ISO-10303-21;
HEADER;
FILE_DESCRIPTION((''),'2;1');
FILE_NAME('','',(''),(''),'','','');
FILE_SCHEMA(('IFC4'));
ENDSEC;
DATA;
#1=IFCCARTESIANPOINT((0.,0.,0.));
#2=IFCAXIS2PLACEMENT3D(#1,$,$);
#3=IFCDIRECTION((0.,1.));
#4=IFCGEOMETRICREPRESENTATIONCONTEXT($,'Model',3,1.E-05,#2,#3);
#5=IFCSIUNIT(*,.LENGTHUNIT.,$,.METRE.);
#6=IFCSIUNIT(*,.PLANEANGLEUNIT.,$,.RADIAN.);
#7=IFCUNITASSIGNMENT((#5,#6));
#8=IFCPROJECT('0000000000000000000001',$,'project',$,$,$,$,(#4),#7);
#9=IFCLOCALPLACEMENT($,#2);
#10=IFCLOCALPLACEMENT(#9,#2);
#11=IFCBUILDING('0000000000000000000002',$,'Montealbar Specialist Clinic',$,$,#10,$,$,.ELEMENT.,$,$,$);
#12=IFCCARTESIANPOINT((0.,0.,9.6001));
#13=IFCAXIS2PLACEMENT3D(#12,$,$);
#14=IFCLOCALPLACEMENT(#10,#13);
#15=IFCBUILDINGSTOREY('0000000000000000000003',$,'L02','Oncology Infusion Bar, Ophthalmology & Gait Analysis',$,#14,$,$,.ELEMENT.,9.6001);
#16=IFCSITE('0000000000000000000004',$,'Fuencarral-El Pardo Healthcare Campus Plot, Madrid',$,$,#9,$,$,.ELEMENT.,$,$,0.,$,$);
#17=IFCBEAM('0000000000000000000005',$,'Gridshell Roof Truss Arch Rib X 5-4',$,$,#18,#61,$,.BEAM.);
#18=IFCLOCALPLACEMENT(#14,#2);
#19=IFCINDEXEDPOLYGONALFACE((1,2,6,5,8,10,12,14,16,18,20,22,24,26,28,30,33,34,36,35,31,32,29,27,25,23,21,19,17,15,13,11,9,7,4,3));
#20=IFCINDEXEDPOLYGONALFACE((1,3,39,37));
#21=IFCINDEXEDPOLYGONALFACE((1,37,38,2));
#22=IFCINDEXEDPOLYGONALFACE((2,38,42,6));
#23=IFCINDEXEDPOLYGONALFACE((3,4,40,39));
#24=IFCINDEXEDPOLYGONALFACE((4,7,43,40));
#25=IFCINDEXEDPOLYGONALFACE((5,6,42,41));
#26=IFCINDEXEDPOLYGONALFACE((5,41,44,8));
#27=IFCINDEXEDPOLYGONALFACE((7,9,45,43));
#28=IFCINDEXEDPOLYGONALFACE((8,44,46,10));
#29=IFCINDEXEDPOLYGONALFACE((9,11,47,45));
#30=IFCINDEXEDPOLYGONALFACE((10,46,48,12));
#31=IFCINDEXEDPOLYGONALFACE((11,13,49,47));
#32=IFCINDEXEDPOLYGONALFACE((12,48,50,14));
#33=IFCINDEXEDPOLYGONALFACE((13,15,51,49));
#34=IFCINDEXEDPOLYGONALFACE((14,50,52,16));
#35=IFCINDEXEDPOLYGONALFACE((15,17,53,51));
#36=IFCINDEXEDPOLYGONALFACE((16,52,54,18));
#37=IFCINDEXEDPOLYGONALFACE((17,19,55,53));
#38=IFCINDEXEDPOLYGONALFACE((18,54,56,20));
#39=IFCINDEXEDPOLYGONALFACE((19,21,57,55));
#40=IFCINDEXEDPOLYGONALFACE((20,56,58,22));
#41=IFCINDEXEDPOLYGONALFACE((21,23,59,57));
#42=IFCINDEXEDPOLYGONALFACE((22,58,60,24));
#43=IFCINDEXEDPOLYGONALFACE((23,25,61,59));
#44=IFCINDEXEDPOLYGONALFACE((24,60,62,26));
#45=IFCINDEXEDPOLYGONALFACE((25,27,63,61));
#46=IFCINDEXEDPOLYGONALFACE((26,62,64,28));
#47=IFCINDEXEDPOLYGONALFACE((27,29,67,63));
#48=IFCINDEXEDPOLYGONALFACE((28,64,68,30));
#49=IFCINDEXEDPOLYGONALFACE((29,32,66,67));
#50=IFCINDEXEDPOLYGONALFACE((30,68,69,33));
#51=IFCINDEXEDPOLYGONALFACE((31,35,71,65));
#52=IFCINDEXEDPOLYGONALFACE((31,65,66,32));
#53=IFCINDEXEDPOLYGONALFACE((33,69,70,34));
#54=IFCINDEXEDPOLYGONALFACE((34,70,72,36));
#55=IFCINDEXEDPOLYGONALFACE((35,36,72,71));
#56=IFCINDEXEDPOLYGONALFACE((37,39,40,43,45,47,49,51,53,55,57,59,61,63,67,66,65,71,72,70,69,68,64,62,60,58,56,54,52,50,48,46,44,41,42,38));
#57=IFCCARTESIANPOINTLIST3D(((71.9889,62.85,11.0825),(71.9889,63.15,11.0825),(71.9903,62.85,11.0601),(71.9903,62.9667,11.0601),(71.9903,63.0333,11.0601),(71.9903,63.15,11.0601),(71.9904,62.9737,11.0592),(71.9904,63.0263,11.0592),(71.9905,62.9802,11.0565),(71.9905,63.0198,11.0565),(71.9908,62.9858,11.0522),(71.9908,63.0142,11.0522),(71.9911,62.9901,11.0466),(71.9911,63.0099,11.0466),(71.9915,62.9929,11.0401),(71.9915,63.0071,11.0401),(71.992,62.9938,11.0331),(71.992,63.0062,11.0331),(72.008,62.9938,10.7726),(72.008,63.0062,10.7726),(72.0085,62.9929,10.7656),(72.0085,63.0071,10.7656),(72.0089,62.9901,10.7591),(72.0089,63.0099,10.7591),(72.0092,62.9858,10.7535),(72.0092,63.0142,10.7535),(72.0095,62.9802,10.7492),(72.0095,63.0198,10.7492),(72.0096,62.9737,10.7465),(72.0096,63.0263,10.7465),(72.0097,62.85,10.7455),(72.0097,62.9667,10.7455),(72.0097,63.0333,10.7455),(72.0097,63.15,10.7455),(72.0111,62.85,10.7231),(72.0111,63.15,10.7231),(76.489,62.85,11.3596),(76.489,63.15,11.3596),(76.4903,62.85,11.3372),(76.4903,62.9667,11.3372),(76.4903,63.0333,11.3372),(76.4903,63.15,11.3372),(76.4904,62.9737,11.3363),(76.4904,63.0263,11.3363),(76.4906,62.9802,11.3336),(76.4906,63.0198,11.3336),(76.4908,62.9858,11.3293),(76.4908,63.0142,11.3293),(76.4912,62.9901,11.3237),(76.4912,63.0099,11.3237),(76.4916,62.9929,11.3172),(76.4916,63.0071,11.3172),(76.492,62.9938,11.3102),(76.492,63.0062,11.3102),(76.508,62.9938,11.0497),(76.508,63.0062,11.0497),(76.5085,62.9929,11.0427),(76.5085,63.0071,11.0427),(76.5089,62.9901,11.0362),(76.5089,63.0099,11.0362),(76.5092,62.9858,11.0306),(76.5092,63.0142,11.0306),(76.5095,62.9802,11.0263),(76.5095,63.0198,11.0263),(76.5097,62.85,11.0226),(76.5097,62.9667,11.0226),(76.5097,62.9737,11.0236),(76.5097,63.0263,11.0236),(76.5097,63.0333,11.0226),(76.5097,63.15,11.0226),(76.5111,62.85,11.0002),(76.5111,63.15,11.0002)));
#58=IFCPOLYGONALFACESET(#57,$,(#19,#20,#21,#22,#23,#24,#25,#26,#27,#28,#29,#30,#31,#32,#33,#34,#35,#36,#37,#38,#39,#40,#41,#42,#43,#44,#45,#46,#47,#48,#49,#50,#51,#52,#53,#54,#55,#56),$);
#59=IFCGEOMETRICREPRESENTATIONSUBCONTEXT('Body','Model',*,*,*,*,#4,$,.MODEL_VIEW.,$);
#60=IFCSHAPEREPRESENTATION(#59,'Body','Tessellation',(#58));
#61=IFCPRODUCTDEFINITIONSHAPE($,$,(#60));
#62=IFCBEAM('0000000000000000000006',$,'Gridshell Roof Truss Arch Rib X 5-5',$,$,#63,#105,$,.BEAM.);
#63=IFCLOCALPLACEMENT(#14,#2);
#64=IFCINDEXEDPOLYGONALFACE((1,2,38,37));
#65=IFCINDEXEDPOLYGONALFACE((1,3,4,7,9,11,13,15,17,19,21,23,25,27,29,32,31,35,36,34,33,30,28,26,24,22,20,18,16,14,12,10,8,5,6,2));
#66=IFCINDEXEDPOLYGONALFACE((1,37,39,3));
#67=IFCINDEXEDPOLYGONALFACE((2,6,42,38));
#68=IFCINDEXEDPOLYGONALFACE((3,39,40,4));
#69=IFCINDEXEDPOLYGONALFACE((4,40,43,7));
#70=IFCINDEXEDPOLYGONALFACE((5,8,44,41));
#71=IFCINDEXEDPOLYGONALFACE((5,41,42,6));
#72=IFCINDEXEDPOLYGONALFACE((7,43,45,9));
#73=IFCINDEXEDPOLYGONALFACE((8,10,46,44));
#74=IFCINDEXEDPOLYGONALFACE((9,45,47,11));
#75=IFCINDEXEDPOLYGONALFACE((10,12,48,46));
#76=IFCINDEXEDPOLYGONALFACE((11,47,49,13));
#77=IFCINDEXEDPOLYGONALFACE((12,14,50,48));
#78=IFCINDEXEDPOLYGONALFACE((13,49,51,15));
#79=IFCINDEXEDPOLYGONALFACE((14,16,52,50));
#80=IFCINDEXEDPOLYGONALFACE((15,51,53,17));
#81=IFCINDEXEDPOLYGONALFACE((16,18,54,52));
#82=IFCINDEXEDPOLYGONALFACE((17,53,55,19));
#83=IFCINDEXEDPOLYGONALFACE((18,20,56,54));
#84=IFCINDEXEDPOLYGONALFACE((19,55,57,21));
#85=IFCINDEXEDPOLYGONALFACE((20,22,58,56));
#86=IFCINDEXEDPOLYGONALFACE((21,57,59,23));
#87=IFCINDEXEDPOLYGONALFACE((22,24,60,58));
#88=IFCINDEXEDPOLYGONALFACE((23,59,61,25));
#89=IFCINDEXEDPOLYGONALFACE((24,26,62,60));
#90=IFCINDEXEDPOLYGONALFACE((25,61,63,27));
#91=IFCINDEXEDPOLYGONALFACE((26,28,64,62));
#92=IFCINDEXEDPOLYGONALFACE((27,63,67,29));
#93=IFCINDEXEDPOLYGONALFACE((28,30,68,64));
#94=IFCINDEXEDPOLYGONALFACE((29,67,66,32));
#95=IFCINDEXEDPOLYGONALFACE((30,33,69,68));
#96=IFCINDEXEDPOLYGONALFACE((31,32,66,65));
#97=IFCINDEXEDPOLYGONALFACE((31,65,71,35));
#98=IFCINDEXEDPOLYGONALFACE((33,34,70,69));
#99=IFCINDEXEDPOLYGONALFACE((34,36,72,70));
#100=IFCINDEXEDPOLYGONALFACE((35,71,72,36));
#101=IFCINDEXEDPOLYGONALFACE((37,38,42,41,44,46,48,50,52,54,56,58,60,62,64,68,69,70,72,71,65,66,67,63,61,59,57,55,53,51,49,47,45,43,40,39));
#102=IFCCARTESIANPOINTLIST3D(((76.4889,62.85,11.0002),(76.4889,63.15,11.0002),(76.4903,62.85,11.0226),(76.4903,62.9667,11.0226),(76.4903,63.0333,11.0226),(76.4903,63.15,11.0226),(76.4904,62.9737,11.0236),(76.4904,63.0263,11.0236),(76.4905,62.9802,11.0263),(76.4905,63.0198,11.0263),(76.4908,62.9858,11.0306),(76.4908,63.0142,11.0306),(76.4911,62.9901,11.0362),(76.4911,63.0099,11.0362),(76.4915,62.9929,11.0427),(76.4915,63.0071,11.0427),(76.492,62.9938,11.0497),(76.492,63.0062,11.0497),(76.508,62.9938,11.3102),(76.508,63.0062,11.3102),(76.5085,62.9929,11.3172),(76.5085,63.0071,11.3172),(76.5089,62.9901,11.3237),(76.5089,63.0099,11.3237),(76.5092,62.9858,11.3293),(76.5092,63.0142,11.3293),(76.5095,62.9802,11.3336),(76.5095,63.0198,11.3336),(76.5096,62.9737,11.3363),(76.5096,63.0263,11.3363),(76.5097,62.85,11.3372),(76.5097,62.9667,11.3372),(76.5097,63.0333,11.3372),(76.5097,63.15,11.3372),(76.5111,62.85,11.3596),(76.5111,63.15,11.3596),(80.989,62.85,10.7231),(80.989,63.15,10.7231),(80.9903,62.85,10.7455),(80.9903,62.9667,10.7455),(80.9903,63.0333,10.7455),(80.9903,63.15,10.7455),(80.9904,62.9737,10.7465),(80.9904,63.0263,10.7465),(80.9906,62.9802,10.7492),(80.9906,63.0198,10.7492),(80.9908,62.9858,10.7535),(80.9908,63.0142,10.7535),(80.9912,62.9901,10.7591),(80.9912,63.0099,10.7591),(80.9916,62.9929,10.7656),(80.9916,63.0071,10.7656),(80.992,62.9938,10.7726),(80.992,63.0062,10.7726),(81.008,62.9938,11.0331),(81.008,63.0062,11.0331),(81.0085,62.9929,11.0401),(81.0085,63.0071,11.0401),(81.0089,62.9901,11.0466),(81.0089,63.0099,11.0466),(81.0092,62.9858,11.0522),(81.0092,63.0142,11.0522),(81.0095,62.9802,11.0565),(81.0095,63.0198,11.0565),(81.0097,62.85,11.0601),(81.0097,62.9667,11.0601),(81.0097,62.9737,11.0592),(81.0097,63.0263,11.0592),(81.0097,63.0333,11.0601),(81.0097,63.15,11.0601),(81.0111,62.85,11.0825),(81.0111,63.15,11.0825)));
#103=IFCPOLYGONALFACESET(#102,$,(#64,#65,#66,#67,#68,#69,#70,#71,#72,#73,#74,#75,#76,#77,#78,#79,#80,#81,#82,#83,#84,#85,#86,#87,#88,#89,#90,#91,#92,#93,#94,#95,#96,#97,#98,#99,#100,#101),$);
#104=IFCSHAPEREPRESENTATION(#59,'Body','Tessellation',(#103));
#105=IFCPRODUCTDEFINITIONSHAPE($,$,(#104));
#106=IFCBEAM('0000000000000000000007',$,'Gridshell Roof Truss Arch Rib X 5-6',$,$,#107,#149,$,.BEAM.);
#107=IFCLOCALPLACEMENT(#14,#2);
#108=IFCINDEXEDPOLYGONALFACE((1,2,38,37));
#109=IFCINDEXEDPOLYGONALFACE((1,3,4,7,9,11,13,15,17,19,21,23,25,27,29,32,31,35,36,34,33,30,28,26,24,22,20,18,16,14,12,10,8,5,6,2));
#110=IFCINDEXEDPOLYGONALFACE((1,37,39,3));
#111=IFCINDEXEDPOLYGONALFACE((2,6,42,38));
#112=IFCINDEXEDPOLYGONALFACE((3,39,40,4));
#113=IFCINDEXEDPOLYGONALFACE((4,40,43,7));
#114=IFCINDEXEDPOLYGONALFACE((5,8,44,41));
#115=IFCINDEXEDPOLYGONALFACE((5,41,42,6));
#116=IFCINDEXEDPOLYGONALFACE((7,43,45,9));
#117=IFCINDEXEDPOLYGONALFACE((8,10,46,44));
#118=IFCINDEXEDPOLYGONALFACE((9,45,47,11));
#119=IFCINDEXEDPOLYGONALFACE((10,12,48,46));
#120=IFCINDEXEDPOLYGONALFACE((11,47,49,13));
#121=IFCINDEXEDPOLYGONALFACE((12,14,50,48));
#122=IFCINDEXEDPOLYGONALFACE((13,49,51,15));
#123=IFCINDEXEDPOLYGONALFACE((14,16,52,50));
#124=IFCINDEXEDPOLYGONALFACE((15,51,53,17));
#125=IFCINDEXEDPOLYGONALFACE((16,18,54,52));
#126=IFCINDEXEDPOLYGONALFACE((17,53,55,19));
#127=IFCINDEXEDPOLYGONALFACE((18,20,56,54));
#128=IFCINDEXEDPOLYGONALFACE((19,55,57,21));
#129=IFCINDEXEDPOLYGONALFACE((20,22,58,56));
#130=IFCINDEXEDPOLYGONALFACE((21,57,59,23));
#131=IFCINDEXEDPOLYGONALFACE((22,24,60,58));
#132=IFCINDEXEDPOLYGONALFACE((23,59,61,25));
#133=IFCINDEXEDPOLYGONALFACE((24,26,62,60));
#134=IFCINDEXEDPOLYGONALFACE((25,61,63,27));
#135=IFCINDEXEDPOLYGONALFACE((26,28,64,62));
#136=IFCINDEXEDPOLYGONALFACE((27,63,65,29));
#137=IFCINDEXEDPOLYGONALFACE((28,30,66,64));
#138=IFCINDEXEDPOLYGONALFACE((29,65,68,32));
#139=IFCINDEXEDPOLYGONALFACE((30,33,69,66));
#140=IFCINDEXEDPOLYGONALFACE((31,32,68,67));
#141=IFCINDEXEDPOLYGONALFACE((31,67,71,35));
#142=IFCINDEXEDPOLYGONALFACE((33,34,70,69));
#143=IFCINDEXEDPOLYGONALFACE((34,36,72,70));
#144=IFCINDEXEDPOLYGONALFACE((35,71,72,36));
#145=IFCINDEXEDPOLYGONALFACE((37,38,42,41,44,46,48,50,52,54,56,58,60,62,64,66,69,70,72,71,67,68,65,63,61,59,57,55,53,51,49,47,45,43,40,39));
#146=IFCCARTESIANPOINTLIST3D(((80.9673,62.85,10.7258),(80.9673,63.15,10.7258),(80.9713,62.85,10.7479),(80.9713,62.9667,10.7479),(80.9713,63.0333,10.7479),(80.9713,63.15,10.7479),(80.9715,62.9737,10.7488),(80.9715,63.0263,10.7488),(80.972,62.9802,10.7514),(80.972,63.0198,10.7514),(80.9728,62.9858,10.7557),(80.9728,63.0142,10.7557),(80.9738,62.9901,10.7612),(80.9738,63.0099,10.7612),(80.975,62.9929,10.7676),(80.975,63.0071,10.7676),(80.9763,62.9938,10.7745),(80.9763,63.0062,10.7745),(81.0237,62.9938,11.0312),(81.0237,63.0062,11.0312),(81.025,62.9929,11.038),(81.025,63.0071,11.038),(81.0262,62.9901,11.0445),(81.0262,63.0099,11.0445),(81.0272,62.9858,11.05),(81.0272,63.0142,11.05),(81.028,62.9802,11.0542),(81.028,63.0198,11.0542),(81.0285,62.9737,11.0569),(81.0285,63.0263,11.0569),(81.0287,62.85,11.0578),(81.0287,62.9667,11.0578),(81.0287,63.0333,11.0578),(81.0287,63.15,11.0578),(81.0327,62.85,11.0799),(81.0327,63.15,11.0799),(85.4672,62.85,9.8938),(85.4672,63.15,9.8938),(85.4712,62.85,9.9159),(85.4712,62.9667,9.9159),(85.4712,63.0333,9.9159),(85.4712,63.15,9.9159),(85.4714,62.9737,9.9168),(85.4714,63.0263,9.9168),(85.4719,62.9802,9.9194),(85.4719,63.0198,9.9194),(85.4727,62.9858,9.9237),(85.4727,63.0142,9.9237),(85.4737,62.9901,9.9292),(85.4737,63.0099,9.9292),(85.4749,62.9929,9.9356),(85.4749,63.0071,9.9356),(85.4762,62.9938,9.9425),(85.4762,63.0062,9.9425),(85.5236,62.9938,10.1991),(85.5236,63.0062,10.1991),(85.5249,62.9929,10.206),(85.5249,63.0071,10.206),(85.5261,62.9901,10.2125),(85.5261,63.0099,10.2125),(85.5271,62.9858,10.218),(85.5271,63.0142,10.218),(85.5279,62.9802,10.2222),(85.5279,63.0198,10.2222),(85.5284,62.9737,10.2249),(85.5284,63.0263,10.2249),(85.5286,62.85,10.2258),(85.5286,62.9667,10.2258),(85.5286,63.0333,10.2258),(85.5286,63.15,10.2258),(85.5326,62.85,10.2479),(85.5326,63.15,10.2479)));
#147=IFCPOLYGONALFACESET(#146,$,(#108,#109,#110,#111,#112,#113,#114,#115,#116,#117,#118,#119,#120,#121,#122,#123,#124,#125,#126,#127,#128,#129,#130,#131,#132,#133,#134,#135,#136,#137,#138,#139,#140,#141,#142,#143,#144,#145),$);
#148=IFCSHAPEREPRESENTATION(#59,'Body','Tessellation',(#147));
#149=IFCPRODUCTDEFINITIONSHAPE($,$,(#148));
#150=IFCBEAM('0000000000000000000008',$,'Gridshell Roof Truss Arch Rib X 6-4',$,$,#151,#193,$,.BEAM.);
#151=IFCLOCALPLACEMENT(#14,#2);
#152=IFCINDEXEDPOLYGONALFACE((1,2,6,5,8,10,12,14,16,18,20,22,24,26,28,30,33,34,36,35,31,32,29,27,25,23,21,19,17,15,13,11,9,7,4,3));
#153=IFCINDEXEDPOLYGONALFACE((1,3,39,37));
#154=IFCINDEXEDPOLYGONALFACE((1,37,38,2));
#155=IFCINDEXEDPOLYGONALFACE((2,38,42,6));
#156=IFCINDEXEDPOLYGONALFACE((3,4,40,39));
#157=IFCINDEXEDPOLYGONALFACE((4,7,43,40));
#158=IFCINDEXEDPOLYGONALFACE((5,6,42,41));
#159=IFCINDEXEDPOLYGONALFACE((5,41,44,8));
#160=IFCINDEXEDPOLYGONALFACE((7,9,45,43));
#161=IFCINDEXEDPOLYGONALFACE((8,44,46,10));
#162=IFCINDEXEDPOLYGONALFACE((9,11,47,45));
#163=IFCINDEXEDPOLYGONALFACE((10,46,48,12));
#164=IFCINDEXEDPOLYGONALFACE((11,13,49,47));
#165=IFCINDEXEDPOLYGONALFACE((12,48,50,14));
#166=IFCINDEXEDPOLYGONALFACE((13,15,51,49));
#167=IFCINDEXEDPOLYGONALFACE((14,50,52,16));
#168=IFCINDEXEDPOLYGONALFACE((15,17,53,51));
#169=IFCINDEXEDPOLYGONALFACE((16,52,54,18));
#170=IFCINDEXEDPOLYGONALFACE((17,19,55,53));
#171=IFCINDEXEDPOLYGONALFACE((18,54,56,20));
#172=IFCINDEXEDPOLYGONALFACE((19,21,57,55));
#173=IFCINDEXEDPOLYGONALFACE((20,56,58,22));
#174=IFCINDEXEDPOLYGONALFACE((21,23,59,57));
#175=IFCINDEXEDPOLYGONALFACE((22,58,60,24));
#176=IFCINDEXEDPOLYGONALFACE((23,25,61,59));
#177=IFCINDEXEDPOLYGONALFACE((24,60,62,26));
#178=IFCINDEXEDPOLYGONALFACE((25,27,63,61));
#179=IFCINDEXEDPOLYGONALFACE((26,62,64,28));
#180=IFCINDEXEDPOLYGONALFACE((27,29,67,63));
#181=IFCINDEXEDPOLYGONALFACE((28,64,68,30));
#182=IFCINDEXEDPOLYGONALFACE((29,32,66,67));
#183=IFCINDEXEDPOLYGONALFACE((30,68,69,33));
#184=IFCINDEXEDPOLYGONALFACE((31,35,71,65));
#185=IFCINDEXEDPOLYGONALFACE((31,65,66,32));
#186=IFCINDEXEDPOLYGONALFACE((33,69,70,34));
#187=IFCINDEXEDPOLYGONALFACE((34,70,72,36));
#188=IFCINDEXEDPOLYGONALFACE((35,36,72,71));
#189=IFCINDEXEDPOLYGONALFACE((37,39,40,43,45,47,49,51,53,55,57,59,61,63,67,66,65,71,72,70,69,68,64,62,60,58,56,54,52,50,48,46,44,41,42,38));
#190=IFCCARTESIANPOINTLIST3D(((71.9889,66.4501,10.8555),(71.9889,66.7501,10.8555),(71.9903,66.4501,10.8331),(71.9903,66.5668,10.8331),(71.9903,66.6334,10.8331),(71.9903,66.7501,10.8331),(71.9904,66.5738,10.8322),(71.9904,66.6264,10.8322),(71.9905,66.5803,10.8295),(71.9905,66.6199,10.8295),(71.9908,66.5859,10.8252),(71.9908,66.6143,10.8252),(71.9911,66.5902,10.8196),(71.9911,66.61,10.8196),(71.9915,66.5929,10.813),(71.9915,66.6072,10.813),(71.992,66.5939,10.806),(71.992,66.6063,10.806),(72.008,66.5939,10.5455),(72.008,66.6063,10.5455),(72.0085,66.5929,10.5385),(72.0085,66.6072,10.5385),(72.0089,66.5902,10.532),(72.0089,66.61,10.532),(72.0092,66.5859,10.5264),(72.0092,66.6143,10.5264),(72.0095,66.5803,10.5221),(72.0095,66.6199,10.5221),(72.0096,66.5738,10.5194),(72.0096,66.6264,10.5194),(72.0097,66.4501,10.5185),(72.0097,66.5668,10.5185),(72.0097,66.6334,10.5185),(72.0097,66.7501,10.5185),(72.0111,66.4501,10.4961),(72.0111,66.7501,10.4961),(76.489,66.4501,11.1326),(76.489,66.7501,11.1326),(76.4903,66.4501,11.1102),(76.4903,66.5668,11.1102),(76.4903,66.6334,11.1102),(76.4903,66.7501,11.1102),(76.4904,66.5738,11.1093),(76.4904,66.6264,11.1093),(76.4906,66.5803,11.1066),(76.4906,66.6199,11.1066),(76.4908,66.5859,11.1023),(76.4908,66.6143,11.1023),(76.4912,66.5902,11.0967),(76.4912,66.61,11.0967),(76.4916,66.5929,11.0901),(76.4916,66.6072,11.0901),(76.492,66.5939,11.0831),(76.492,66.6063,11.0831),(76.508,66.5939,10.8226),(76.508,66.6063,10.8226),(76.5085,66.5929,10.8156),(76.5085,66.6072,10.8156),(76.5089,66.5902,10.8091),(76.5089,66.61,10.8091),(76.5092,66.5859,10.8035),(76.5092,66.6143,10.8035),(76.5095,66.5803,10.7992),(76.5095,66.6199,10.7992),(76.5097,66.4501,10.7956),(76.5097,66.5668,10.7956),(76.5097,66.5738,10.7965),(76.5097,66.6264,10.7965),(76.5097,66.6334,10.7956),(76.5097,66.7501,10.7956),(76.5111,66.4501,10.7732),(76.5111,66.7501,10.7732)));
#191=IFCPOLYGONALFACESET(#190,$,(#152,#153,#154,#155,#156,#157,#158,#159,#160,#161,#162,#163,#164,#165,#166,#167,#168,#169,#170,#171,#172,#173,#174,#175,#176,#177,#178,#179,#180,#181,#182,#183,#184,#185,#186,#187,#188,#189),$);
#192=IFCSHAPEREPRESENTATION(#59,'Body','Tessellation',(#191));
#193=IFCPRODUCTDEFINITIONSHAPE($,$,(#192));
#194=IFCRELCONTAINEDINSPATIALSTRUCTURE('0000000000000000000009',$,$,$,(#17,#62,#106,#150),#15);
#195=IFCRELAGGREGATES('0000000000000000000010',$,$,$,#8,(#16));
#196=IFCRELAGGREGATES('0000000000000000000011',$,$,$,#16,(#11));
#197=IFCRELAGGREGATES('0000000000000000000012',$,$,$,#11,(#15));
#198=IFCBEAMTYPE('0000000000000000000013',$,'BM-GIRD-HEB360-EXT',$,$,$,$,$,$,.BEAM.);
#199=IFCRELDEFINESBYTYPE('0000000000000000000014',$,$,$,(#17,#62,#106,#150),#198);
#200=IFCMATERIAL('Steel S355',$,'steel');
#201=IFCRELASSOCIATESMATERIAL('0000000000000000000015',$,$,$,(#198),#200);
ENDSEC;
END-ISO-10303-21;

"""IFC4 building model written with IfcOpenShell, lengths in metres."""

from ifc_helpers import new_model, si_unit, direction, frame, origin, origin_2d, place, context, subcontext, project, spatial, i_section, extrude, material, material_profile, profile_set, type_object, element, save


model = new_model("IFC4")

# Units and contexts
model_context = context("Model", 3, precision=1e-05, world=origin(), true_north=direction((0.0, 1.0)))
body_context = subcontext(model_context, "Body", "Model", "MODEL_VIEW")
ifc_project = project(units=[si_unit("LENGTHUNIT", "METRE"), si_unit("PLANEANGLEUNIT", "RADIAN")], contexts=[model_context])

# Site, building, storey
site_placement = place(None, origin())
site = spatial("IfcSite", under=ifc_project, at=site_placement, Name="Fuencarral-El Pardo Healthcare Campus Plot, Madrid", CompositionType="ELEMENT", RefElevation=0.0)
building_placement = place(site_placement, origin())
building = spatial("IfcBuilding", under=site, at=building_placement, Name="Montealbar Specialist Clinic", CompositionType="ELEMENT")
storey_placement = place(building_placement, frame((0.0, 0.0, 9.6001)))
storey = spatial("IfcBuildingStorey", under=building, at=storey_placement, Name="L02", Description="Oncology Infusion Bar, Ophthalmology & Gait Analysis", CompositionType="ELEMENT", Elevation=9.6001)

# Beams
ifc_material_1 = material(Name="Steel S355", Category="steel")
ifc_material_profile_1 = material_profile(ifc_material_1, i_section(OverallWidth=0.3, OverallDepth=0.3601, WebThickness=0.0125, FlangeThickness=0.0225, FilletRadius=0.0271, at=origin_2d()), Name="HEB 360", Category="steel")
ifc_profile_set_1 = profile_set([ifc_material_profile_1], Name="Steel S355")
beam_type_1 = type_object("IfcBeamType", Name="BM-GIRD-HEB360-EXT", PredefinedType="BEAM", material=ifc_profile_set_1)
for number, where, z_axis, x_axis, name in (
    (1, (72.0, 63.0, 10.9028), (0.998109, 0.0, 0.061461), (0.0, 1.0, 0.0), "Gridshell Roof Truss Arch Rib X 5-4"),
    (2, (76.5, 63.0, 11.1799), (0.998109, 0.0, -0.061461), (0.0, 1.0, 0.0), "Gridshell Roof Truss Arch Rib X 5-5"),
):
    element("IfcBeam", number, at=place(storey_placement, frame(where, z_axis=z_axis, x_axis=x_axis)), inside=storey, type_object=beam_type_1, Name=name, PredefinedType="BEAM", context=body_context, shape_type="SweptSolid", body=[
        extrude(i_section(OverallWidth=0.3, OverallDepth=0.3601, WebThickness=0.0125, FlangeThickness=0.0225, FilletRadius=0.0271, at=origin_2d()), origin(), (0.0, 0.0, 1.0), 4.5085),
    ])
beam_1_placement = place(storey_placement, frame((81.0, 63.0, 10.9028), z_axis=(0.983333, 0.0, -0.181814), x_axis=(0.0, 1.0, 0.0)))
element("IfcBeam", 3, at=beam_1_placement, inside=storey, type_object=beam_type_1, Name="Gridshell Roof Truss Arch Rib X 5-6", PredefinedType="BEAM", context=body_context, shape_type="SweptSolid", body=[
    extrude(i_section(OverallWidth=0.3, OverallDepth=0.3601, WebThickness=0.0125, FlangeThickness=0.0225, FilletRadius=0.0271, at=origin_2d()), origin(), (0.0, 0.0, 1.0), 4.5762),
])
for number, where, z_axis, x_axis, name in (
    (4, (72.0, 66.6001, 10.6758), (0.998109, 0.0, 0.061461), (0.0, 1.0, 0.0), "Gridshell Roof Truss Arch Rib X 6-4"),
):
    element("IfcBeam", number, at=place(storey_placement, frame(where, z_axis=z_axis, x_axis=x_axis)), inside=storey, type_object=beam_type_1, Name=name, PredefinedType="BEAM", context=body_context, shape_type="SweptSolid", body=[
        extrude(i_section(OverallWidth=0.3, OverallDepth=0.3601, WebThickness=0.0125, FlangeThickness=0.0225, FilletRadius=0.0271, at=origin_2d()), origin(), (0.0, 0.0, 1.0), 4.5085),
    ])

save(model, "model.ifc")
